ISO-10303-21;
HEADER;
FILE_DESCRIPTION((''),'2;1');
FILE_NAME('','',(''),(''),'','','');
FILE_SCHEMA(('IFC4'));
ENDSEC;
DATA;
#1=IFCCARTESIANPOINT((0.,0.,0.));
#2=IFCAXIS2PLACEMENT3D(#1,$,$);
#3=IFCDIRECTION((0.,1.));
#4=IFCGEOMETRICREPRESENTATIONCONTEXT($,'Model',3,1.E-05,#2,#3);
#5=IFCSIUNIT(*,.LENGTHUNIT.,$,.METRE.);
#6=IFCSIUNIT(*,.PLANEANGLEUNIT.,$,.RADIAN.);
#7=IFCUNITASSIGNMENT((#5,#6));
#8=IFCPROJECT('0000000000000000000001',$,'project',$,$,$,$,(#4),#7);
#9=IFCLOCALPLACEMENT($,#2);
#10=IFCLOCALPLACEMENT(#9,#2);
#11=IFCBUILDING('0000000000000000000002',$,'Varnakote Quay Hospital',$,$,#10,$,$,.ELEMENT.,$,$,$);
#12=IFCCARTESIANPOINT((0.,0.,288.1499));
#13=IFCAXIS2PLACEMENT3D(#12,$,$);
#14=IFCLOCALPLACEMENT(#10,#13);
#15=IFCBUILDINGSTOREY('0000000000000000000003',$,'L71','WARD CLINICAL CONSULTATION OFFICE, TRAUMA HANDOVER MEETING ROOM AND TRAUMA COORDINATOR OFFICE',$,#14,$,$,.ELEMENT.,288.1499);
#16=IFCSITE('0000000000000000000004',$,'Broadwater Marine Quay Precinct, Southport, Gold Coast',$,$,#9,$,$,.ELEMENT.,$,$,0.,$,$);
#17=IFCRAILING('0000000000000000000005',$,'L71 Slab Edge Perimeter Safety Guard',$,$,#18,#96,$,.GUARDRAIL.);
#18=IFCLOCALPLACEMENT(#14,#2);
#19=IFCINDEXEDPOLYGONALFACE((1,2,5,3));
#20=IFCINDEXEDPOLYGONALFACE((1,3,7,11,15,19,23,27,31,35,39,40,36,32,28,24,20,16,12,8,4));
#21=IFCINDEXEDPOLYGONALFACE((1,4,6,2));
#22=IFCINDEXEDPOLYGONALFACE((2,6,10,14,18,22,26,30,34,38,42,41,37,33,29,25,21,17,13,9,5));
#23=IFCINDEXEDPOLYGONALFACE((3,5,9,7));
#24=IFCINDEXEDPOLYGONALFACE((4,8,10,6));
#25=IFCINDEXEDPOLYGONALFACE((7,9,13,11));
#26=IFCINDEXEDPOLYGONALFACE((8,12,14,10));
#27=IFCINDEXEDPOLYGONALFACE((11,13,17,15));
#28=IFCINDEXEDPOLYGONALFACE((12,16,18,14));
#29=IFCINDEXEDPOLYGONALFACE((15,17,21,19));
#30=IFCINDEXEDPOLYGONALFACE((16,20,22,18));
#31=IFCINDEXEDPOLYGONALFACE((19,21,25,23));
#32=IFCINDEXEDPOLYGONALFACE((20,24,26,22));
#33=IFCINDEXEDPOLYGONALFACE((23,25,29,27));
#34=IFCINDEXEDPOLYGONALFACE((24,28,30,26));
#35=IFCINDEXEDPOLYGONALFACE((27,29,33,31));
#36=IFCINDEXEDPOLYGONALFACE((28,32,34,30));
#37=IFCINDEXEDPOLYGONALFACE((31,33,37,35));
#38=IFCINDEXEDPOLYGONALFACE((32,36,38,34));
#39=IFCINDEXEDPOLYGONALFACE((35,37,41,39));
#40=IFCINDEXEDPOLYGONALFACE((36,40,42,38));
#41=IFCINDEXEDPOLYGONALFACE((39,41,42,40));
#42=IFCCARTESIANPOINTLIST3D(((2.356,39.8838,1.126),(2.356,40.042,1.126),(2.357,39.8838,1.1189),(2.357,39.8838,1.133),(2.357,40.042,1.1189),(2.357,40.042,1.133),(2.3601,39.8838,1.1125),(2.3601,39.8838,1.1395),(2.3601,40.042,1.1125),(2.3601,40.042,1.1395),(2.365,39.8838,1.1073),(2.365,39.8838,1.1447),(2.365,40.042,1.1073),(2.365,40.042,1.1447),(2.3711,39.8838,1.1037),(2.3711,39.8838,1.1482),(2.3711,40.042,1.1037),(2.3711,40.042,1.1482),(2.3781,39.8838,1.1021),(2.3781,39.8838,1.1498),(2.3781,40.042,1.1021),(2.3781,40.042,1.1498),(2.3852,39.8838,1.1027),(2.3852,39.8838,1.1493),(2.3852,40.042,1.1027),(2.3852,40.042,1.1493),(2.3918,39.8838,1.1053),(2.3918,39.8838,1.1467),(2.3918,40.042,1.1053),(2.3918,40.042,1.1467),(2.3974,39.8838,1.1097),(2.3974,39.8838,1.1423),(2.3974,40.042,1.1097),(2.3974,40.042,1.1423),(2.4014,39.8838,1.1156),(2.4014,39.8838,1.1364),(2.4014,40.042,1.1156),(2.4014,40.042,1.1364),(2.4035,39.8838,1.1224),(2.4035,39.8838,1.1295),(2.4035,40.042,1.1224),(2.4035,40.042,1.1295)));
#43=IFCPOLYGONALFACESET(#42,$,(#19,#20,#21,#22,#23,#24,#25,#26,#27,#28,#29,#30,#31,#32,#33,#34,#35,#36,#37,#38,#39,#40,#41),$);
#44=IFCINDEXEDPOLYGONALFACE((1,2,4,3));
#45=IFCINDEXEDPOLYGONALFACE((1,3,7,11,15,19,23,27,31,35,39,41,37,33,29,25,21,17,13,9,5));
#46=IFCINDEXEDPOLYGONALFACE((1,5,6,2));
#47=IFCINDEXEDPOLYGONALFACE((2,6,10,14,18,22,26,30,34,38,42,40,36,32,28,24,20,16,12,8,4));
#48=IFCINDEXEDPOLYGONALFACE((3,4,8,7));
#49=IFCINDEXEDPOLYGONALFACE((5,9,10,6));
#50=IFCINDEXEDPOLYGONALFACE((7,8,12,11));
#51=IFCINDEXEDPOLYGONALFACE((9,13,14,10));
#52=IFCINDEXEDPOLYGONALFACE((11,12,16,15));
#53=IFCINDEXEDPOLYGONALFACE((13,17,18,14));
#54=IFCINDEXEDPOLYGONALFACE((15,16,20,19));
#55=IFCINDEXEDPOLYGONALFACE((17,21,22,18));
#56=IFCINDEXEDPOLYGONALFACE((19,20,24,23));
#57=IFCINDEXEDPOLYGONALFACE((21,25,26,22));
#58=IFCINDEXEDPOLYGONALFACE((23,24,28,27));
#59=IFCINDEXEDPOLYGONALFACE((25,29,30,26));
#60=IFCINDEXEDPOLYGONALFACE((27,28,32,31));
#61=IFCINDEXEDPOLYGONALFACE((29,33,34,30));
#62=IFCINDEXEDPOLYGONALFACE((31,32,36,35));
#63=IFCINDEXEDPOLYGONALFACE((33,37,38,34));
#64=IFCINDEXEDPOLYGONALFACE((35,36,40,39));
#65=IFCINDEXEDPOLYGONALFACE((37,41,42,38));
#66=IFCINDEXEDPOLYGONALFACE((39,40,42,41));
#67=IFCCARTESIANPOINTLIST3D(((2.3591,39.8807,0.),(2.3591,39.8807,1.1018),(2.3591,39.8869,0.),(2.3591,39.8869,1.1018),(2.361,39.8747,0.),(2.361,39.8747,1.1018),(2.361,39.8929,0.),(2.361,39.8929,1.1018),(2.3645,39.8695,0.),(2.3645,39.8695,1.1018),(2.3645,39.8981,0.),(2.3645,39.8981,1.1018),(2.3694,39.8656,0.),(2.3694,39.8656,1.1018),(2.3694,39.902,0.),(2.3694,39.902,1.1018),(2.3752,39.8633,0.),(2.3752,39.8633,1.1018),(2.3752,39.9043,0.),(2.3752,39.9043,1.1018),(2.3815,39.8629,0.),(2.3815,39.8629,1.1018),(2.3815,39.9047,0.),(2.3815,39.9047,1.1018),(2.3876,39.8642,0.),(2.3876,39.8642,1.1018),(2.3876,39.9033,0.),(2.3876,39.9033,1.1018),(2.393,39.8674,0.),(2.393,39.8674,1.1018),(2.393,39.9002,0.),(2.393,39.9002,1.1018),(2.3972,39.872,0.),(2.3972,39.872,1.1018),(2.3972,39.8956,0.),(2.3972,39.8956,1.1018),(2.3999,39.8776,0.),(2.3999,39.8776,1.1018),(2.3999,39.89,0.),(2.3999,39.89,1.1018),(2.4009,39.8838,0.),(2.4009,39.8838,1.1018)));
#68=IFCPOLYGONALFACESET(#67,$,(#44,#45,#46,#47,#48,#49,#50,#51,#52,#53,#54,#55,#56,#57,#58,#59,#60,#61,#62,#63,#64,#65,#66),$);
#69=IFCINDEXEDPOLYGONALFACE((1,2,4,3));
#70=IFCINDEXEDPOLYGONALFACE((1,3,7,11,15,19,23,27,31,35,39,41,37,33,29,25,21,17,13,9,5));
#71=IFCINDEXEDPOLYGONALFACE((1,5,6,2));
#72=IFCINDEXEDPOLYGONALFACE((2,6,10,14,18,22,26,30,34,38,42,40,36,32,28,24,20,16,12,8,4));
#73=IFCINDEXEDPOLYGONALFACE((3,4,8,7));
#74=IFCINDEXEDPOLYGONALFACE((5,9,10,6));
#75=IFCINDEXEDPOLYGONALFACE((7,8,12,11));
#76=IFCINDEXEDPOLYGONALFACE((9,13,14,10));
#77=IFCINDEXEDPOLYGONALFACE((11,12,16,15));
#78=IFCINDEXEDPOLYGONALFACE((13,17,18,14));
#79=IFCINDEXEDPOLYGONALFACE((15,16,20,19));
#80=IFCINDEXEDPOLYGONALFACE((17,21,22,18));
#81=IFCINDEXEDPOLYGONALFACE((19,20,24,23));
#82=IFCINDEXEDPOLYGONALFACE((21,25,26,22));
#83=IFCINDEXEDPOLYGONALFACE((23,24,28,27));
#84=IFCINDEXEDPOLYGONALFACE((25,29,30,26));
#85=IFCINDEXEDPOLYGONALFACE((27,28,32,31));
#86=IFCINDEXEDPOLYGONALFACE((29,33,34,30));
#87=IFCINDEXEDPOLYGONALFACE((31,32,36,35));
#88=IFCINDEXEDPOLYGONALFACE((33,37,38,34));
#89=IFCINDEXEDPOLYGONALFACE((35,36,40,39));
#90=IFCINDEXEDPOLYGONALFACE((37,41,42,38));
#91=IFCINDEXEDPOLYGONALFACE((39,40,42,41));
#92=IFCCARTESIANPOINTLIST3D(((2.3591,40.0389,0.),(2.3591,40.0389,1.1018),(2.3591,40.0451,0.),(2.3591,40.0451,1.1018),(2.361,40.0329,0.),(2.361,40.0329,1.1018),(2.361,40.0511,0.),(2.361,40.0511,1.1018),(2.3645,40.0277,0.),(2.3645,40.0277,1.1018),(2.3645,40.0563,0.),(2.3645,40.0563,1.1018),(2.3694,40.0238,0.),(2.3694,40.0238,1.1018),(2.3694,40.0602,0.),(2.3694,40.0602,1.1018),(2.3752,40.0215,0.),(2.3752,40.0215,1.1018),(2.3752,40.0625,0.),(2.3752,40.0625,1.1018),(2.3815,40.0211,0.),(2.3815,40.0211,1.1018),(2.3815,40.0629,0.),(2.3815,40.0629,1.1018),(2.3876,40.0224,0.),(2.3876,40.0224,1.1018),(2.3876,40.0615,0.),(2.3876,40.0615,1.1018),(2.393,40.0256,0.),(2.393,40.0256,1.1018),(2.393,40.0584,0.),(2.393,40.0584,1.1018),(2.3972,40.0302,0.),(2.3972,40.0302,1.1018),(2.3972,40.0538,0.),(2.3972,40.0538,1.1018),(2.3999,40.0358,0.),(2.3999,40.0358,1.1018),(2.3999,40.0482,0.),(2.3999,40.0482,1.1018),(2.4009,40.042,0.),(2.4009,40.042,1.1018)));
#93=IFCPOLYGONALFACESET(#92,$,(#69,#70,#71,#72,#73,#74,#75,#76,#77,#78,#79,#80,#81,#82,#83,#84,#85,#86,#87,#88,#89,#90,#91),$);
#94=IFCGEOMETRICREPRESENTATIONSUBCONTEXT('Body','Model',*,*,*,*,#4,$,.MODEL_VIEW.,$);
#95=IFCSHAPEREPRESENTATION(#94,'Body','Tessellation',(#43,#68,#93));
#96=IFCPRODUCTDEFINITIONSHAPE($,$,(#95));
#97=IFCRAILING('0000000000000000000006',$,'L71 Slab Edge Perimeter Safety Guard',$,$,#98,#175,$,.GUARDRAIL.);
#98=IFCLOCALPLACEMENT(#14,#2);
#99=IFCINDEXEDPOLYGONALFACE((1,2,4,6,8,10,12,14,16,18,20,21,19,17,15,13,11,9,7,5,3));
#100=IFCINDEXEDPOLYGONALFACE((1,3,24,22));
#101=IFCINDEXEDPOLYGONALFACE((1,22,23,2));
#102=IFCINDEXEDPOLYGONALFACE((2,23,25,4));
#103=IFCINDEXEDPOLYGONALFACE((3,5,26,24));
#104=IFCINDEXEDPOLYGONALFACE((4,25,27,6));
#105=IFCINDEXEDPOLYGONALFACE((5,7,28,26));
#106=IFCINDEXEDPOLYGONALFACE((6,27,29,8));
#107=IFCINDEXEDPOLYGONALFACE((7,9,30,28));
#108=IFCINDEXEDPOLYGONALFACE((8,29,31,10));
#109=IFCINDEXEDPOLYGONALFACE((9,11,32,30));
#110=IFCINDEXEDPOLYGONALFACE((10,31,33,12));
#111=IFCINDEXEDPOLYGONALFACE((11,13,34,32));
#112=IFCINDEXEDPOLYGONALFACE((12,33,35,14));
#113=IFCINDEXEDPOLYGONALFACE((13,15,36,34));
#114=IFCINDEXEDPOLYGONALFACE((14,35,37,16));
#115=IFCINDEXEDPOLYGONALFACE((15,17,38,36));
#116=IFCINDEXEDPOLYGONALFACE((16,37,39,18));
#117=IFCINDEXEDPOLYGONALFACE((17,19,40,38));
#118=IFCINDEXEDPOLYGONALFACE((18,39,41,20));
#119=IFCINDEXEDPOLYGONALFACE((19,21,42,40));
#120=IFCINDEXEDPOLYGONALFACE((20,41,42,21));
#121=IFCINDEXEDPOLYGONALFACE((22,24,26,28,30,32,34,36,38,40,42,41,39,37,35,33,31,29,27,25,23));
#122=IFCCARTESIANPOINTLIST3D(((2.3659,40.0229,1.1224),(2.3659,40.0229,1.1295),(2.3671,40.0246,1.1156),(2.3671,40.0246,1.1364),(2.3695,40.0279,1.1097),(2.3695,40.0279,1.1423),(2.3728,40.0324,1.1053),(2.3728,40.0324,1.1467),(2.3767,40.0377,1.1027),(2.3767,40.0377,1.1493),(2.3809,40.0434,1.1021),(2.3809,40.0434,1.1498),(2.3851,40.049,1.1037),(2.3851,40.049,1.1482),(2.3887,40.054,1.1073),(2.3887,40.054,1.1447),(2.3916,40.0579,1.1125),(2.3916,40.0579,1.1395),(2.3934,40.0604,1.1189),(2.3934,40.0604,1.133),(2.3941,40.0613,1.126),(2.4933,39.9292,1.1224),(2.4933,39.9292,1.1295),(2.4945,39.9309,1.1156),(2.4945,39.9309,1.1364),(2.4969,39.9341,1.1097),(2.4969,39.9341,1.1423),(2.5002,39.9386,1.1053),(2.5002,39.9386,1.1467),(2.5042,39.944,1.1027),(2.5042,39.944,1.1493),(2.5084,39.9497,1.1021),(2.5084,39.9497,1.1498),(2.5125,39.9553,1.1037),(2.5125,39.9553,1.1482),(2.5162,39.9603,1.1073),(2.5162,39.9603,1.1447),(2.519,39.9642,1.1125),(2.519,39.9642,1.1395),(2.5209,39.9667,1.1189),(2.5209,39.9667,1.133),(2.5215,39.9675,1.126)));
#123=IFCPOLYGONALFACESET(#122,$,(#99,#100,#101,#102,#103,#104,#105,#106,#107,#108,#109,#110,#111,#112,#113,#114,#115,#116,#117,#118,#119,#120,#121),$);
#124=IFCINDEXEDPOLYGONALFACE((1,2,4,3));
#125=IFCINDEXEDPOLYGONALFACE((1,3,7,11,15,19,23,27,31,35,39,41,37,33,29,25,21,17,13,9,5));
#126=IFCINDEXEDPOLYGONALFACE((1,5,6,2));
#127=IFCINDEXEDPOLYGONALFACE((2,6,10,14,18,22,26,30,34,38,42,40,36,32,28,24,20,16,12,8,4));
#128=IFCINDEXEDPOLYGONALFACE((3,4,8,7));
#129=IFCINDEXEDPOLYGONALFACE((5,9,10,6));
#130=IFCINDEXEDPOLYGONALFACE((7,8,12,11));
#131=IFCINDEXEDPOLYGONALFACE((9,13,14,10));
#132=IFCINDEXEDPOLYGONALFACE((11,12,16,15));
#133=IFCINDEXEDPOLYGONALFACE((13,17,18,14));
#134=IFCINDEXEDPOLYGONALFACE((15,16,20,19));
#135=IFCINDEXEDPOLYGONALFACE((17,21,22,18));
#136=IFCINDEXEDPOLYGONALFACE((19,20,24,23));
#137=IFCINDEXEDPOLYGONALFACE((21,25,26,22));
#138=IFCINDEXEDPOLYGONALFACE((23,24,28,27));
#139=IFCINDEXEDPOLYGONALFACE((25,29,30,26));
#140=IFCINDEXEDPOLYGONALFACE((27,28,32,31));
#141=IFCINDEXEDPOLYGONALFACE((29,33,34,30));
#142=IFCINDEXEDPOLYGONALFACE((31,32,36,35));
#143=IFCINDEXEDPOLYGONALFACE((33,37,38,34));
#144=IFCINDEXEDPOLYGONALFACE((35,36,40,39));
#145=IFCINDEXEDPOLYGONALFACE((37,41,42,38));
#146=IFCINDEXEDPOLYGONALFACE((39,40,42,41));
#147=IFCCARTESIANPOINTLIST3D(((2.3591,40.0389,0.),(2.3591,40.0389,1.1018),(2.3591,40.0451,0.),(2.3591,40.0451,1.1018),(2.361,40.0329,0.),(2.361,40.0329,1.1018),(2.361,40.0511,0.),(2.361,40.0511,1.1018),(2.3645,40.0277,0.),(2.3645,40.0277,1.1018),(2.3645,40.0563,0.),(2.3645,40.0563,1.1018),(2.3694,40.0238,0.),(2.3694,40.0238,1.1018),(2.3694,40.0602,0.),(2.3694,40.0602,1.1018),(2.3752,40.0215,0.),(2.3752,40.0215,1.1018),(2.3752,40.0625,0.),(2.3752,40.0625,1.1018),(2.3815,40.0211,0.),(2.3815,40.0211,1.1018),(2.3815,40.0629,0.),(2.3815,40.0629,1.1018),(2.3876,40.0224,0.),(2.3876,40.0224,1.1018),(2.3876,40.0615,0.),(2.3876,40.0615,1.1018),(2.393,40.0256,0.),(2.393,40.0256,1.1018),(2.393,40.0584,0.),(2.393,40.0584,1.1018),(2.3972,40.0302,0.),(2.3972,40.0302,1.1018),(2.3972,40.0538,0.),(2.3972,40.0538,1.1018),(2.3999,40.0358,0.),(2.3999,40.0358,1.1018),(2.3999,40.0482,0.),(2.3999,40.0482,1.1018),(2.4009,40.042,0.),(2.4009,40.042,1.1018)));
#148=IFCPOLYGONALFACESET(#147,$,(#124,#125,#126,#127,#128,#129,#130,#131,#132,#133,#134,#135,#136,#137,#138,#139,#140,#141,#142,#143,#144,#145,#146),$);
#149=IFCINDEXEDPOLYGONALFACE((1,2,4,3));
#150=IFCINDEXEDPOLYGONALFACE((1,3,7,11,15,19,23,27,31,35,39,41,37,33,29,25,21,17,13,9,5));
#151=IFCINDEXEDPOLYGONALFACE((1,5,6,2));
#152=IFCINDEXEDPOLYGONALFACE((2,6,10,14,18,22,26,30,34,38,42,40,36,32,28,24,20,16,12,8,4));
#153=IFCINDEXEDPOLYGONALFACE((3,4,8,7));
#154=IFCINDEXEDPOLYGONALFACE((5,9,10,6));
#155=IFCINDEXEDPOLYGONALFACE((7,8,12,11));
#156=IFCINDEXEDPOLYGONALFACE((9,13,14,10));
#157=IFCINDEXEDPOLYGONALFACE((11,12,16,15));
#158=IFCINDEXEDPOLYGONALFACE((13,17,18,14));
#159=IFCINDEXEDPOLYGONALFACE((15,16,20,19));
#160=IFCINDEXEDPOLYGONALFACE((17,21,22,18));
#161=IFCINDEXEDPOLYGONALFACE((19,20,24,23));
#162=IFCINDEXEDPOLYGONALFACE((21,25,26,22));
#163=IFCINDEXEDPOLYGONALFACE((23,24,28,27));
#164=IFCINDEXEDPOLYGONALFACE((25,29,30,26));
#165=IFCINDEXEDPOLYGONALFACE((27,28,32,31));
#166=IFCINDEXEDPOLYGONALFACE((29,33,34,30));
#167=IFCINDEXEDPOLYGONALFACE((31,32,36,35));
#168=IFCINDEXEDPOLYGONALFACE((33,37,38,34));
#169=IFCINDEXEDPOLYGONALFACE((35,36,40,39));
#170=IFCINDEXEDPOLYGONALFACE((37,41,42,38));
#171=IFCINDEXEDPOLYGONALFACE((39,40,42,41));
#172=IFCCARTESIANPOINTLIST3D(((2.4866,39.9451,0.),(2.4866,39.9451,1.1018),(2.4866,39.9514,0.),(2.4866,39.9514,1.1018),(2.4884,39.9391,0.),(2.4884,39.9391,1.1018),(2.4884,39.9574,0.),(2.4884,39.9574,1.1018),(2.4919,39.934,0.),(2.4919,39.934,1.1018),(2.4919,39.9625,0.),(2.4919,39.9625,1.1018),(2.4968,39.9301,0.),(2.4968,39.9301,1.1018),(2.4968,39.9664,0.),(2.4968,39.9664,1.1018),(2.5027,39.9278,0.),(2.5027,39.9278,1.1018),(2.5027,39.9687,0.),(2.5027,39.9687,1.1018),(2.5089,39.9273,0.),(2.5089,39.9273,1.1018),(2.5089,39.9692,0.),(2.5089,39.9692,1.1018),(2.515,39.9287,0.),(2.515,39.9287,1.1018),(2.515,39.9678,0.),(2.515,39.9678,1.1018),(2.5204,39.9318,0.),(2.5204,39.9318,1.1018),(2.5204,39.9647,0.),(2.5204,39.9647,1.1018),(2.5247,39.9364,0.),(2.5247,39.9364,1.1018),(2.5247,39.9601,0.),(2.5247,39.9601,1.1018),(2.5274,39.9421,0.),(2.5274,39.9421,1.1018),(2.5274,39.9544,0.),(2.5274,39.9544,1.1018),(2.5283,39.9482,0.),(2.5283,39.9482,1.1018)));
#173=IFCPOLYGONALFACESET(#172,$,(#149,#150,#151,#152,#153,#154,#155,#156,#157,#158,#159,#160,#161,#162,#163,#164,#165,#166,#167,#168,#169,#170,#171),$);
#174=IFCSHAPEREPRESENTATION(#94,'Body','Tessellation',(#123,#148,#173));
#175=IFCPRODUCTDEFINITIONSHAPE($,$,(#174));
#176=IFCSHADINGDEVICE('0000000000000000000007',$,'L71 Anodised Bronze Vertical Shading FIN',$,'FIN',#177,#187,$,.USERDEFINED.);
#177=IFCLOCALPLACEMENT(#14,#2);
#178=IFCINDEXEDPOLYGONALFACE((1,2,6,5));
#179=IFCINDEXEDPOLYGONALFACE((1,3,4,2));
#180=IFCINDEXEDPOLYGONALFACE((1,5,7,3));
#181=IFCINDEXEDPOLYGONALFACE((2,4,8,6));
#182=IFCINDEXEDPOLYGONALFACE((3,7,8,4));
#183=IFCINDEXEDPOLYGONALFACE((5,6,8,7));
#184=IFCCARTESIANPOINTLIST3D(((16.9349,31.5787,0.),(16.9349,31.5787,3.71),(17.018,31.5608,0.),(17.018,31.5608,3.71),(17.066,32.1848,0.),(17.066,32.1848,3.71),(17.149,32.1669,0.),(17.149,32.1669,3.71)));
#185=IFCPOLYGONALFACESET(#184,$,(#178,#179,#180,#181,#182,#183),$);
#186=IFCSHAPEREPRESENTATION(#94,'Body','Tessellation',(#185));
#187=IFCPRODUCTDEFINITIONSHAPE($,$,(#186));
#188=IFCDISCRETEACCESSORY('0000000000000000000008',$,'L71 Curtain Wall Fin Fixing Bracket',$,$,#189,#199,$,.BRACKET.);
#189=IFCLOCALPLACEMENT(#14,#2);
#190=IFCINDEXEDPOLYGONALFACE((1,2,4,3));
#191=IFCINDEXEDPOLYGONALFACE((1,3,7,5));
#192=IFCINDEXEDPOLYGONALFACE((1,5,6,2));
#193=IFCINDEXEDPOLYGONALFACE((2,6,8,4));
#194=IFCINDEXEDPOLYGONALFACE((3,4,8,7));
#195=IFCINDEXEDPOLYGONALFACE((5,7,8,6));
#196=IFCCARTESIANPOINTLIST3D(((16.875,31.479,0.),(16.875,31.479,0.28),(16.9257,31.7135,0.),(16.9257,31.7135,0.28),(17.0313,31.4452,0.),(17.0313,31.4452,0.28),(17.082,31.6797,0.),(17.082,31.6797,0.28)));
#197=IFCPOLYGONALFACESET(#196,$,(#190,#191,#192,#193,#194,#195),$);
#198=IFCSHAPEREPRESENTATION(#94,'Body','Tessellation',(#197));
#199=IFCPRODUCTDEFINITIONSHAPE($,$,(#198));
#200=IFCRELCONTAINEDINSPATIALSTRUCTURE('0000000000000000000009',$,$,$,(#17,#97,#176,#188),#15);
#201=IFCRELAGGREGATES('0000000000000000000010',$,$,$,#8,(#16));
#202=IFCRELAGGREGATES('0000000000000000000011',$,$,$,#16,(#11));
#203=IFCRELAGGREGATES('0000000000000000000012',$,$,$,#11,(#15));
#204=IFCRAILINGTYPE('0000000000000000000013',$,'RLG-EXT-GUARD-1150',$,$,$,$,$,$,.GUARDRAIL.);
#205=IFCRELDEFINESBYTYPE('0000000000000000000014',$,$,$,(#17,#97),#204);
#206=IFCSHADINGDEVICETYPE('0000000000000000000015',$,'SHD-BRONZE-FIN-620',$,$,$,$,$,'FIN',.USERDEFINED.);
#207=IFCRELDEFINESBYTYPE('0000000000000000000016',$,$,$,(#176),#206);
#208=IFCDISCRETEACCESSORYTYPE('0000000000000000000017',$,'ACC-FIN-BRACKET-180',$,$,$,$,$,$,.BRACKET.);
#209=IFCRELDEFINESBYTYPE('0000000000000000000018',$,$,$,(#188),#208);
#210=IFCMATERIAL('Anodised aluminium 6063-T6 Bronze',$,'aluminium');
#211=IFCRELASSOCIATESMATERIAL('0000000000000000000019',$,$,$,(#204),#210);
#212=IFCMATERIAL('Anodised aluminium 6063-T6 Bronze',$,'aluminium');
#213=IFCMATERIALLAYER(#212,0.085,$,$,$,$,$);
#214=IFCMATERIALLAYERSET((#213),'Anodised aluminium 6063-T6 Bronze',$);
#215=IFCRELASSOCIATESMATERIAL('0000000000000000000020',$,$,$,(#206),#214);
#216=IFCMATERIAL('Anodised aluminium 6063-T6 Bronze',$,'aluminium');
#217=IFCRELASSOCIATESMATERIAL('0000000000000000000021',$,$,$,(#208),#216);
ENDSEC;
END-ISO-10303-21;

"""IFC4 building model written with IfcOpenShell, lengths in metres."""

from ifc_helpers import new_model, si_unit, direction, frame, origin, origin_2d, place, context, subcontext, project, spatial, rectangle, circle, extrude, material, layer, layer_set, type_object, element, save


model = new_model("IFC4")

# Units and contexts
model_context = context("Model", 3, precision=1e-05, world=origin(), true_north=direction((0.0, 1.0)))
body_context = subcontext(model_context, "Body", "Model", "MODEL_VIEW")
ifc_project = project(units=[si_unit("LENGTHUNIT", "METRE"), si_unit("PLANEANGLEUNIT", "RADIAN")], contexts=[model_context])

# Site, building, storey
site_placement = place(None, origin())
site = spatial("IfcSite", under=ifc_project, at=site_placement, Name="Broadwater Marine Quay Precinct, Southport, Gold Coast", CompositionType="ELEMENT", RefElevation=0.0)
building_placement = place(site_placement, origin())
building = spatial("IfcBuilding", under=site, at=building_placement, Name="Varnakote Quay Hospital", CompositionType="ELEMENT")
storey_placement = place(building_placement, frame((0.0, 0.0, 288.1499)))
storey = spatial("IfcBuildingStorey", under=building, at=storey_placement, Name="L71", Description="WARD CLINICAL CONSULTATION OFFICE, TRAUMA HANDOVER MEETING ROOM AND TRAUMA COORDINATOR OFFICE", CompositionType="ELEMENT", Elevation=288.1499)

# Railings
ifc_material_1 = material(Name="Anodised aluminium 6063-T6 Bronze", Category="aluminium")
railing_type = type_object("IfcRailingType", Name="RLG-EXT-GUARD-1150", PredefinedType="GUARDRAIL", material=ifc_material_1)
railing_1_placement = place(storey_placement, frame((2.3799, 39.8838, 0.0)))
element("IfcRailing", 1, at=railing_1_placement, inside=storey, type_object=railing_type, Name="L71 Slab Edge Perimeter Safety Guard", PredefinedType="GUARDRAIL", context=body_context, shape_type="SweptSolid", body=[
    extrude(circle(Radius=0.0239, at=origin_2d()), frame((0.0, 0.0, 1.126), z_axis=(0.0, 1.0, 0.0), x_axis=(-1.0, 0.0, 0.0)), (0.0, 0.0, 1.0), 0.1582),
    extrude(circle(Radius=0.021, at=origin_2d()), origin(), (0.0, 0.0, 1.0), 1.1018),
    extrude(circle(Radius=0.021, at=origin_2d()), frame((0.0, 0.1582, 0.0)), (0.0, 0.0, 1.0), 1.1018),
])
railing_2_placement = place(storey_placement, frame((2.3799, 40.042, 0.0)))
element("IfcRailing", 2, at=railing_2_placement, inside=storey, type_object=railing_type, Name="L71 Slab Edge Perimeter Safety Guard", PredefinedType="GUARDRAIL", context=body_context, shape_type="SweptSolid", body=[
    extrude(circle(Radius=0.0239, at=origin_2d()), frame((0.0, 0.0, 1.126), z_axis=(0.805521, -0.592567, 0.0), x_axis=(0.592567, 0.805521, 0.0)), (0.0, 0.0, 1.0), 0.1582),
    extrude(circle(Radius=0.021, at=origin_2d()), origin(), (0.0, 0.0, 1.0), 1.1018),
    extrude(circle(Radius=0.021, at=origin_2d()), frame((0.1274, -0.0938, 0.0)), (0.0, 0.0, 1.0), 1.1018),
])

# Shading device
ifc_material_2 = material(Name="Anodised aluminium 6063-T6 Bronze", Category="aluminium")
ifc_layer_1 = layer(ifc_material_2, 0.085)
ifc_layer_set_1 = layer_set([ifc_layer_1], Name="Anodised aluminium 6063-T6 Bronze")
shading_device_type = type_object("IfcShadingDeviceType", Name="SHD-BRONZE-FIN-620", ElementType="FIN", PredefinedType="USERDEFINED", material=ifc_layer_set_1)
shading_device_placement = place(storey_placement, frame((17.042, 31.8728, 0.0), z_axis=(0.0, 0.0, 1.0), x_axis=(-0.211325, -0.977416, 0.0)))
element("IfcShadingDevice", 3, at=shading_device_placement, inside=storey, type_object=shading_device_type, Name="L71 Anodised Bronze Vertical Shading FIN", ObjectType="FIN", PredefinedType="USERDEFINED", context=body_context, shape_type="SweptSolid", body=[
    extrude(rectangle(XDim=0.6201, YDim=0.085, at=origin_2d()), origin(), (0.0, 0.0, 1.0), 3.71),
])

# Discrete accessory
ifc_material_3 = material(Name="Anodised aluminium 6063-T6 Bronze", Category="aluminium")
discrete_accessory_type = type_object("IfcDiscreteAccessoryType", Name="ACC-FIN-BRACKET-180", PredefinedType="BRACKET", material=ifc_material_3)
discrete_accessory_placement = place(storey_placement, frame((16.9785, 31.5793, 0.0), z_axis=(0.0, 0.0, 1.0), x_axis=(-0.977416, 0.211325, 0.0)))
element("IfcDiscreteAccessory", 4, at=discrete_accessory_placement, inside=storey, type_object=discrete_accessory_type, Name="L71 Curtain Wall Fin Fixing Bracket", PredefinedType="BRACKET", context=body_context, shape_type="SweptSolid", body=[
    extrude(rectangle(XDim=0.1599, YDim=0.24, at=origin_2d()), origin(), (0.0, 0.0, 1.0), 0.28),
])

save(model, "model.ifc")
